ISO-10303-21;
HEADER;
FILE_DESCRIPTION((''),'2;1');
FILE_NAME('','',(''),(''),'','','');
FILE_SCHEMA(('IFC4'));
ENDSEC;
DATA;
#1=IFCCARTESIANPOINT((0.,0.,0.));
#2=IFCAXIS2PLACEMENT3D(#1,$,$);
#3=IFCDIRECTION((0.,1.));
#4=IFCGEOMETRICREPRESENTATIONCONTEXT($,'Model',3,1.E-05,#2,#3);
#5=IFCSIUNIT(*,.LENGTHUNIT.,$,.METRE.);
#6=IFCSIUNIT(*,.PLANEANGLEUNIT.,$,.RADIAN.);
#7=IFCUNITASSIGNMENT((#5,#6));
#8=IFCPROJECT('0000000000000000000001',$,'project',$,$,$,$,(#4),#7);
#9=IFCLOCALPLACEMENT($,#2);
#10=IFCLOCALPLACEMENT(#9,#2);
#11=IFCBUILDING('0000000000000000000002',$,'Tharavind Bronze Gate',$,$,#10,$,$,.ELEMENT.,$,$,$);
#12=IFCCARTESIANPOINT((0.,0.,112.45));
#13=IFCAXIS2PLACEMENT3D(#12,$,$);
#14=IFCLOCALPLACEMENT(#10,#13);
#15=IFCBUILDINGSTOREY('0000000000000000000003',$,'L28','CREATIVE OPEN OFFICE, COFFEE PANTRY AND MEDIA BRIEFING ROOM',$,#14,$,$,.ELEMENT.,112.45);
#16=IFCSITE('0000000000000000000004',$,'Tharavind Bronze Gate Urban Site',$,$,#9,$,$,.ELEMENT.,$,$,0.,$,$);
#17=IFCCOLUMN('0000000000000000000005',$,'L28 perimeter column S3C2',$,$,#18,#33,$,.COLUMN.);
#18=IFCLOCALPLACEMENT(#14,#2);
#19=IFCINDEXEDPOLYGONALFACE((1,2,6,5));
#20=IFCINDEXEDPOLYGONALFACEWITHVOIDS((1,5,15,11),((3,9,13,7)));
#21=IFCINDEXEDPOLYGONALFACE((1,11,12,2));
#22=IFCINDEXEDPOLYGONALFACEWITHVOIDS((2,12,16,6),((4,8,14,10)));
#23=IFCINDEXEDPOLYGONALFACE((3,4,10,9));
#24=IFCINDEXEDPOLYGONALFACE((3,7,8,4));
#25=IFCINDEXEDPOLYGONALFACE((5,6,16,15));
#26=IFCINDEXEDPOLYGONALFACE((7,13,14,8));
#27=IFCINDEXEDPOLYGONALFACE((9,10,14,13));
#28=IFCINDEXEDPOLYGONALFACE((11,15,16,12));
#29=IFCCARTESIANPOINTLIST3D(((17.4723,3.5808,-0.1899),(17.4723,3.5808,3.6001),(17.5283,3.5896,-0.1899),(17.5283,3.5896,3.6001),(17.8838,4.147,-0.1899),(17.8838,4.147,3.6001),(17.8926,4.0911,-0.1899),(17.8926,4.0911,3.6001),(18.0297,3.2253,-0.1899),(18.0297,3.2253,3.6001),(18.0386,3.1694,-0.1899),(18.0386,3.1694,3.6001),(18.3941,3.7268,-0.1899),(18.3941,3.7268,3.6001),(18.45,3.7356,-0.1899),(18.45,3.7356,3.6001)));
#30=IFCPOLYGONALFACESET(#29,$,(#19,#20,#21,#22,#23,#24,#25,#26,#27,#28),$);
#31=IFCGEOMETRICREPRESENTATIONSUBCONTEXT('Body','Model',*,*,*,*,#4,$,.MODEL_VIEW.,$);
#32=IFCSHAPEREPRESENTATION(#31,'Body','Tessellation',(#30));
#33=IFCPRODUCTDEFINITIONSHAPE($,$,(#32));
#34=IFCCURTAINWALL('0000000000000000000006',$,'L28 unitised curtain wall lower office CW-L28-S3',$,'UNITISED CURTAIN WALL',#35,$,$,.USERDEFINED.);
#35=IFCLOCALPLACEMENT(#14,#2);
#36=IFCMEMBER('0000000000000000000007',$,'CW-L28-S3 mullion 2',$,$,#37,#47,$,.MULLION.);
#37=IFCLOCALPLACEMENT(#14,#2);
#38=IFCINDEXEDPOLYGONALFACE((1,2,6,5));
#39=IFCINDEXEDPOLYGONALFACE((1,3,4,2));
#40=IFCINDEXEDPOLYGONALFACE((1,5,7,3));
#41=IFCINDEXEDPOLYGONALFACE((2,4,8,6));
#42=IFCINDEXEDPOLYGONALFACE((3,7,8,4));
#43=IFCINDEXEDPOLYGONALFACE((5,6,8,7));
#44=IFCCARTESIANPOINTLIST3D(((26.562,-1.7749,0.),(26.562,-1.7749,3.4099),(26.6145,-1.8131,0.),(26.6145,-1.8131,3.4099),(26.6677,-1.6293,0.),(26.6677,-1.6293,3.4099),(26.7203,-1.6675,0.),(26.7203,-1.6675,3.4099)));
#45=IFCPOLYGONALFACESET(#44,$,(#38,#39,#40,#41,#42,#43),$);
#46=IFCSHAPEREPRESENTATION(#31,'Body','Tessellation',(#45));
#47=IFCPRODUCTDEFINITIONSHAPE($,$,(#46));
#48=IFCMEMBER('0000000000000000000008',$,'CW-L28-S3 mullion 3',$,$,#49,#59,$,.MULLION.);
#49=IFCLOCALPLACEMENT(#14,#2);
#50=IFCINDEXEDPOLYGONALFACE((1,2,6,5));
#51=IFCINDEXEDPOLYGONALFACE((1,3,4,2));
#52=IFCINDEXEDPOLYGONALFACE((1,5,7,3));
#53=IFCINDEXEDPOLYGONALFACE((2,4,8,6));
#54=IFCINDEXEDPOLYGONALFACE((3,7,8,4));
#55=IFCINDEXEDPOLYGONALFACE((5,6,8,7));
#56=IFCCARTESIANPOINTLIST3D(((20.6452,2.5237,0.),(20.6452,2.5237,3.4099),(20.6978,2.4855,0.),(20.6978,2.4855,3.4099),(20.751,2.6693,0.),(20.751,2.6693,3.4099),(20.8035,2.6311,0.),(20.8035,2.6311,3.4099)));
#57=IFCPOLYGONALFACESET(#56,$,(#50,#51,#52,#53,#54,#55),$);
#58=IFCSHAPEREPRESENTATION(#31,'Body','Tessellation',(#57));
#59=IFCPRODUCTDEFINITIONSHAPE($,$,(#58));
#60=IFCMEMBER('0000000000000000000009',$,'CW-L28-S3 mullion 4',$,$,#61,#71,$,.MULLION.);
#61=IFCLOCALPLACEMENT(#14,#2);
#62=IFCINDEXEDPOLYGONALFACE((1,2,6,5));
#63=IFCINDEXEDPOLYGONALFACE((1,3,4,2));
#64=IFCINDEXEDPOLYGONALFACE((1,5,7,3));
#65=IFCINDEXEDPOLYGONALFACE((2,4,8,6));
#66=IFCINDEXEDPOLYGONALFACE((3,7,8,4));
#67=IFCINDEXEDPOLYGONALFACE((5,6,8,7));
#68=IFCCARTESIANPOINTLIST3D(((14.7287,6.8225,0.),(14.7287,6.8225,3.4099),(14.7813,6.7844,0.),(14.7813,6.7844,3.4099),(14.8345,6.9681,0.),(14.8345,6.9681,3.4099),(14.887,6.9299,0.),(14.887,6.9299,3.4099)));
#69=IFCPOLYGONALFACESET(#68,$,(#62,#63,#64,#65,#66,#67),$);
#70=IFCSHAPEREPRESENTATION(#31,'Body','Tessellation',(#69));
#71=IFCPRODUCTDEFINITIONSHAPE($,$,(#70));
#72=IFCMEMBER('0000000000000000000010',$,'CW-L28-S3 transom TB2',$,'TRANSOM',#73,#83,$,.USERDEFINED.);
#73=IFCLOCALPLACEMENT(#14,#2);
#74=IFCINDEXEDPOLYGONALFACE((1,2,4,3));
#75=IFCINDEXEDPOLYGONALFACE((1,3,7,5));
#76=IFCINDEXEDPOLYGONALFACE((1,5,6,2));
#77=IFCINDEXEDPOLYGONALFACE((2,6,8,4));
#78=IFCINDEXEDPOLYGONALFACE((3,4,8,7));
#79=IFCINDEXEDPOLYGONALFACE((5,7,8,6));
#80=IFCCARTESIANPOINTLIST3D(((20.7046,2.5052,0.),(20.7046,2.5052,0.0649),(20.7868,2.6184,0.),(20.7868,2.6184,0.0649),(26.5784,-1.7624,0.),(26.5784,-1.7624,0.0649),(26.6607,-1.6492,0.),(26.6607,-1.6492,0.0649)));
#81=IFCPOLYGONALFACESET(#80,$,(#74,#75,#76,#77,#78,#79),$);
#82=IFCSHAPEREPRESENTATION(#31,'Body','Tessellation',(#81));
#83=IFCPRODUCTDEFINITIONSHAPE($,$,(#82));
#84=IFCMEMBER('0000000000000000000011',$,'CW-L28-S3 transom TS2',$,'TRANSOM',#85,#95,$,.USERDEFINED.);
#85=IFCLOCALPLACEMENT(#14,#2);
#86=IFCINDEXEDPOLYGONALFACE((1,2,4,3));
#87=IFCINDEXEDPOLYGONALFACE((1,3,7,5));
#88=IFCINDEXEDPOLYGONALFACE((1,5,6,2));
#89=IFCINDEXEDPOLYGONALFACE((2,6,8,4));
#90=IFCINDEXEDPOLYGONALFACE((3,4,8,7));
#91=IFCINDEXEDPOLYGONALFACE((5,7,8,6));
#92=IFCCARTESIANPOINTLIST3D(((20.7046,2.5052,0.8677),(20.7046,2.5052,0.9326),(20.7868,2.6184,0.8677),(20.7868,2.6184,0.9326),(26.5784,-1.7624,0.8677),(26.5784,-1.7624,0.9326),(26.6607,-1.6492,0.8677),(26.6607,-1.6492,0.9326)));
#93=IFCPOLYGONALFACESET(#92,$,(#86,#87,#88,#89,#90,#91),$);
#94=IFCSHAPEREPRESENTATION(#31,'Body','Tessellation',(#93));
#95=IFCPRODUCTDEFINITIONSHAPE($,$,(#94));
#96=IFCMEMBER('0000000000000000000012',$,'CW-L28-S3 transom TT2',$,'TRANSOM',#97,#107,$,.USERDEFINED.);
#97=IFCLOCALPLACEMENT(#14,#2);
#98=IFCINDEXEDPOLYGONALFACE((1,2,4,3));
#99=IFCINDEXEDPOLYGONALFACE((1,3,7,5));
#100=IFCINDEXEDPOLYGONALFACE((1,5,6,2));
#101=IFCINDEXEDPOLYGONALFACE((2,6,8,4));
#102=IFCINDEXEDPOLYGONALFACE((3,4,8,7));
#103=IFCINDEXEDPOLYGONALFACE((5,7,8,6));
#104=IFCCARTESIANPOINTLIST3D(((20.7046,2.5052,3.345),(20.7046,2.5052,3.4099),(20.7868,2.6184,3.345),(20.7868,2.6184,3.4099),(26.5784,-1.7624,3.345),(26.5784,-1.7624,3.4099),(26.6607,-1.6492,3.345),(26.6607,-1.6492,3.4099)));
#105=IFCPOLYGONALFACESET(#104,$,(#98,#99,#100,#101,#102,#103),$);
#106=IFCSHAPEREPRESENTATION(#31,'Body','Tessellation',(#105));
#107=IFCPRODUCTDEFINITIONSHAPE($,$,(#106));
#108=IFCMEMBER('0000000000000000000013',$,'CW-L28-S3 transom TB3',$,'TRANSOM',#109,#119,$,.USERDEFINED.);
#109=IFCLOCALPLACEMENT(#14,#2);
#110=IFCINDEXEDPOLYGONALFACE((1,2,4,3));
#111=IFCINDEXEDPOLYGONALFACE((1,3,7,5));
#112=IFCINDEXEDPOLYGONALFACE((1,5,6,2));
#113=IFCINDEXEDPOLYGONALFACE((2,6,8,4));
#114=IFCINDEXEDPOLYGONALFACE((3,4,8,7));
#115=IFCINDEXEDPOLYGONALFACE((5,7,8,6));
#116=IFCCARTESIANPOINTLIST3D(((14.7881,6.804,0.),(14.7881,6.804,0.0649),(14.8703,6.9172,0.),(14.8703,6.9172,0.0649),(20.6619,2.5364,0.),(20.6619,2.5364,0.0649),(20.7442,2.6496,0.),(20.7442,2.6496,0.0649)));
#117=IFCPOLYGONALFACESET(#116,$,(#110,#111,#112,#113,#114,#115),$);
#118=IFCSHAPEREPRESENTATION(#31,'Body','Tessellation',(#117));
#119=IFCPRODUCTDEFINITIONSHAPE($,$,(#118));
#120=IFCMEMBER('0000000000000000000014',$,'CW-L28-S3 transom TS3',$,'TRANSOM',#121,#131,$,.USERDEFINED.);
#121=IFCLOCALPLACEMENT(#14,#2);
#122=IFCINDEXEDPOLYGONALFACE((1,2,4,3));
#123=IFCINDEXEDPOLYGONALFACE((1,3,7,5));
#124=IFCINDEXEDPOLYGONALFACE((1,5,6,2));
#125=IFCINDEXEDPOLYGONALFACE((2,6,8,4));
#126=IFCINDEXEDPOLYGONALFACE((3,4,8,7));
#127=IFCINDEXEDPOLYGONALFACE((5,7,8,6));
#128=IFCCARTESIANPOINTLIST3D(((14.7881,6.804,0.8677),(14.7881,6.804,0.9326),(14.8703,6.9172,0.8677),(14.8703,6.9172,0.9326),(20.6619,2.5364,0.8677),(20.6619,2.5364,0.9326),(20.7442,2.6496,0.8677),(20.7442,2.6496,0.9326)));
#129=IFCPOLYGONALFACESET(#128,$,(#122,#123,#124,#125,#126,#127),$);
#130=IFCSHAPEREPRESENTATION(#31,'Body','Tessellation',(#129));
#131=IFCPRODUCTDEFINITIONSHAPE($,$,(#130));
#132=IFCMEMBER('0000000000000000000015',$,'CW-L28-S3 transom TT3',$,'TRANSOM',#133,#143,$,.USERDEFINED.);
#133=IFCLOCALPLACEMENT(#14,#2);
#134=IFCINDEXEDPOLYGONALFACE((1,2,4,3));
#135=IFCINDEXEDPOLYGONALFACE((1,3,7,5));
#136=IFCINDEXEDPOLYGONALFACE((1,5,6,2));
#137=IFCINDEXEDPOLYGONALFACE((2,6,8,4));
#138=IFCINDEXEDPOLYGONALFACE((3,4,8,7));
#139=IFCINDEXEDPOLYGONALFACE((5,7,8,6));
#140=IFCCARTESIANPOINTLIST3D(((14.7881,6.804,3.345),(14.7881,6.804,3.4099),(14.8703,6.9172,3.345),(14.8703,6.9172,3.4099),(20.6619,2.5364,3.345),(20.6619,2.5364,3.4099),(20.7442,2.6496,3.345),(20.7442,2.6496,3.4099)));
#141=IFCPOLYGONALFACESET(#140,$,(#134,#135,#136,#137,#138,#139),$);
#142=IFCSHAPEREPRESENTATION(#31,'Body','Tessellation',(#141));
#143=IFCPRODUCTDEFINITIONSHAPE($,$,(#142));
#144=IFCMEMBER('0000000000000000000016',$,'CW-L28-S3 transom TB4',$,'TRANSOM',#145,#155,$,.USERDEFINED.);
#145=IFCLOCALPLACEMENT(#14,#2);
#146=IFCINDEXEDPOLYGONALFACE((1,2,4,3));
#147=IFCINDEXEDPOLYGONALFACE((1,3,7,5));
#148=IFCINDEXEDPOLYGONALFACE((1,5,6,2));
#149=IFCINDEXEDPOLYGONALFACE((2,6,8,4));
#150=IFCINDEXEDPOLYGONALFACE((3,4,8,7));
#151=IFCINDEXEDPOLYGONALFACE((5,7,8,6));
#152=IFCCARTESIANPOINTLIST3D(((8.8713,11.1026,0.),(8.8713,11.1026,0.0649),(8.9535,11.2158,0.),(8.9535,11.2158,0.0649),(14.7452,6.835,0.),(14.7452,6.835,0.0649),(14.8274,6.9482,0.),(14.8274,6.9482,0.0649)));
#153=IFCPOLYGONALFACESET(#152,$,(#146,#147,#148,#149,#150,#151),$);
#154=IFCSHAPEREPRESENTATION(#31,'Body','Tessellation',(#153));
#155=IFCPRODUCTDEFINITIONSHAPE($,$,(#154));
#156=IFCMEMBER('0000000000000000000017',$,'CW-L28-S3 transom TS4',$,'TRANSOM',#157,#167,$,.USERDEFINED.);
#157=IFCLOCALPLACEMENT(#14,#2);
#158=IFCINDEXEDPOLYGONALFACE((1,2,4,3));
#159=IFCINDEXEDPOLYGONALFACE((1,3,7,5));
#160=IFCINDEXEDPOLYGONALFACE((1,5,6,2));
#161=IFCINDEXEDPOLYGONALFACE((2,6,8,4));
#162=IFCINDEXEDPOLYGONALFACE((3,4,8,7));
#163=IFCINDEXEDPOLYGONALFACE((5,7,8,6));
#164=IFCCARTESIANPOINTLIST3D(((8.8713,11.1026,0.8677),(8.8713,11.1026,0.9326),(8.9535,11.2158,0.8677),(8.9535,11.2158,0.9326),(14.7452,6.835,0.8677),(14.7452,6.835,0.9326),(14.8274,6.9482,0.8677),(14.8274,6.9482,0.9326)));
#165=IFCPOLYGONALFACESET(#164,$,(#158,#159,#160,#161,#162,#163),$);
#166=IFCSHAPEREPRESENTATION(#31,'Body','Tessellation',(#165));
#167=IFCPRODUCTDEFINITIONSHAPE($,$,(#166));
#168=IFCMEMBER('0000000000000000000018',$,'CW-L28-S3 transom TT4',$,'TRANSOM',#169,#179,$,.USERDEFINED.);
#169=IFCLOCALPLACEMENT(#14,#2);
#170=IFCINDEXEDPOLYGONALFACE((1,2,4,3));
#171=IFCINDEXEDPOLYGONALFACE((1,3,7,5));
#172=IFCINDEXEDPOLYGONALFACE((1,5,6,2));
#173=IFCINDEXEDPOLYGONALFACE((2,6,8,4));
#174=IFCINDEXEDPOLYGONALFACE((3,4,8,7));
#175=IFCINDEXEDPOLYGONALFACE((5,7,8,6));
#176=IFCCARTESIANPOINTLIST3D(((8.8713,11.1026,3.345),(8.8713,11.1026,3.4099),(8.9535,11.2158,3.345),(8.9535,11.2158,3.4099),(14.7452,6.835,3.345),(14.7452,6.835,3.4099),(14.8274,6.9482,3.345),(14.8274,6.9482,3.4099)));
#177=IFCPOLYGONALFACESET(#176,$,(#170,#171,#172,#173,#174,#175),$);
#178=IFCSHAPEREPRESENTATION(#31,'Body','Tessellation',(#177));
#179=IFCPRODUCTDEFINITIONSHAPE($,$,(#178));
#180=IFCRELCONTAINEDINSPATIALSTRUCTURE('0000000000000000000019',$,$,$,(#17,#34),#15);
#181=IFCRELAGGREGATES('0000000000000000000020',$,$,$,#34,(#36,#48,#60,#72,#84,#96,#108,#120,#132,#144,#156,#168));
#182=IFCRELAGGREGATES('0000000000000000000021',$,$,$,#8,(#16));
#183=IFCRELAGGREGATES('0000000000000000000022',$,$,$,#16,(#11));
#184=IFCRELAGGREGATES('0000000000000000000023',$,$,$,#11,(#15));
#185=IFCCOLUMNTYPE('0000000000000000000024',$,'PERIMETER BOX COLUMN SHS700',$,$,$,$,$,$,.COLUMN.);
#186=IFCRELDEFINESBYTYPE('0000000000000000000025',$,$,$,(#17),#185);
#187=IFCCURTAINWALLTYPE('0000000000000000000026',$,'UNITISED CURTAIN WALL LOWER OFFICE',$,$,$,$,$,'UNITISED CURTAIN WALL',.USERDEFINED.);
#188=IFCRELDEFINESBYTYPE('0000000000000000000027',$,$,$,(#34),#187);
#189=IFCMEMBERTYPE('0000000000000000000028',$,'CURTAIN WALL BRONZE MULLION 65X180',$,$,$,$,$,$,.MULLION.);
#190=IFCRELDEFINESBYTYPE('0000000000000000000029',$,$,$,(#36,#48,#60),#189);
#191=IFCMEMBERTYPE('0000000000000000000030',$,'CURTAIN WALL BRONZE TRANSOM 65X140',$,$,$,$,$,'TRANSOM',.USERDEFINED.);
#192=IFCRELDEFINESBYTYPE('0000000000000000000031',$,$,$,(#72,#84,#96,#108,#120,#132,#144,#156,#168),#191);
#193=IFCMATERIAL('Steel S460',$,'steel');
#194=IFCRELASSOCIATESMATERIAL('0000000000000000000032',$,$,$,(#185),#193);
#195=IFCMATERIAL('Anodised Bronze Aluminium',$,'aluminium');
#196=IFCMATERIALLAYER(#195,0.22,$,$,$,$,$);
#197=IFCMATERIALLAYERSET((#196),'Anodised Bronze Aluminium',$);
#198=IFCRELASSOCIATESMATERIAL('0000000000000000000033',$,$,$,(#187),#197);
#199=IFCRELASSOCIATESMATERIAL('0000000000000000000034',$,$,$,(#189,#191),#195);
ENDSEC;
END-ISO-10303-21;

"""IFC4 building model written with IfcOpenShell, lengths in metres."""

from ifc_helpers import new_model, si_unit, direction, frame, origin, origin_2d, place, context, subcontext, project, spatial, rectangle, hollow_rectangle, extrude, material, layer, layer_set, material_profile, profile_set, type_object, element, aggregate, save


model = new_model("IFC4")

# Units and contexts
model_context = context("Model", 3, precision=1e-05, world=origin(), true_north=direction((0.0, 1.0)))
body_context = subcontext(model_context, "Body", "Model", "MODEL_VIEW")
ifc_project = project(units=[si_unit("LENGTHUNIT", "METRE"), si_unit("PLANEANGLEUNIT", "RADIAN")], contexts=[model_context])

# Site, building, storey
site_placement = place(None, origin())
site = spatial("IfcSite", under=ifc_project, at=site_placement, Name="Tharavind Bronze Gate Urban Site", CompositionType="ELEMENT", RefElevation=0.0)
building_placement = place(site_placement, origin())
building = spatial("IfcBuilding", under=site, at=building_placement, Name="Tharavind Bronze Gate", CompositionType="ELEMENT")
storey_placement = place(building_placement, frame((0.0, 0.0, 112.45)))
storey = spatial("IfcBuildingStorey", under=building, at=storey_placement, Name="L28", Description="CREATIVE OPEN OFFICE, COFFEE PANTRY AND MEDIA BRIEFING ROOM", CompositionType="ELEMENT", Elevation=112.45)

# Column
ifc_material_1 = material(Name="Steel S460", Category="steel")
ifc_material_profile_1 = material_profile(ifc_material_1, hollow_rectangle(XDim=0.7, YDim=0.7, WallThickness=0.04, at=origin_2d()), Name="SHS700X40")
ifc_profile_set_1 = profile_set([ifc_material_profile_1], Name="Steel S460")
column_type = type_object("IfcColumnType", Name="PERIMETER BOX COLUMN SHS700", PredefinedType="COLUMN", material=ifc_profile_set_1)
column_placement = place(storey_placement, frame((17.9612, 3.6582, -0.1899), z_axis=(0.0, 0.0, 1.0), x_axis=(-0.809017, 0.587785, 0.0)))
element("IfcColumn", 1, at=column_placement, inside=storey, type_object=column_type, Name="L28 perimeter column S3C2", PredefinedType="COLUMN", context=body_context, shape_type="SweptSolid", body=[
    extrude(hollow_rectangle(XDim=0.7, YDim=0.7, WallThickness=0.04, at=origin_2d()), origin(), (0.0, 0.0, 1.0), 3.79),
])

# Curtain wall, members
ifc_material_2 = material(Name="Anodised Bronze Aluminium", Category="aluminium")
ifc_layer_1 = layer(ifc_material_2, 0.22)
ifc_layer_set_1 = layer_set([ifc_layer_1], Name="Anodised Bronze Aluminium")
curtain_wall_type = type_object("IfcCurtainWallType", Name="UNITISED CURTAIN WALL LOWER OFFICE", ElementType="UNITISED CURTAIN WALL", PredefinedType="USERDEFINED", material=ifc_layer_set_1)
curtain_wall_placement = place(storey_placement, origin())
curtain_wall = element("IfcCurtainWall", 2, at=curtain_wall_placement, inside=storey, type_object=curtain_wall_type, Name="L28 unitised curtain wall lower office CW-L28-S3", ObjectType="UNITISED CURTAIN WALL", PredefinedType="USERDEFINED")
member_type_1 = type_object("IfcMemberType", Name="CURTAIN WALL BRONZE MULLION 65X180", PredefinedType="MULLION", material=ifc_material_2)
member_1_placement = place(storey_placement, frame((26.6411, -1.7212, 0.0), z_axis=(0.0, 0.0, 1.0), x_axis=(-0.809017, 0.587785, 0.0)))
member_1 = element("IfcMember", 3, at=member_1_placement, type_object=member_type_1, Name="CW-L28-S3 mullion 2", PredefinedType="MULLION", context=body_context, shape_type="SweptSolid", body=[
    extrude(rectangle(XDim=0.0649, YDim=0.1799, at=origin_2d()), origin(), (0.0, 0.0, 1.0), 3.4099),
])
member_2_placement = place(storey_placement, frame((20.7244, 2.5774, 0.0), z_axis=(0.0, 0.0, 1.0), x_axis=(-0.809017, 0.587785, 0.0)))
member_2 = element("IfcMember", 4, at=member_2_placement, type_object=member_type_1, Name="CW-L28-S3 mullion 3", PredefinedType="MULLION", context=body_context, shape_type="SweptSolid", body=[
    extrude(rectangle(XDim=0.0649, YDim=0.1799, at=origin_2d()), origin(), (0.0, 0.0, 1.0), 3.4099),
])
member_3_placement = place(storey_placement, frame((14.8079, 6.8762, 0.0), z_axis=(0.0, 0.0, 1.0), x_axis=(-0.809017, 0.587785, 0.0)))
member_3 = element("IfcMember", 5, at=member_3_placement, type_object=member_type_1, Name="CW-L28-S3 mullion 4", PredefinedType="MULLION", context=body_context, shape_type="SweptSolid", body=[
    extrude(rectangle(XDim=0.0649, YDim=0.1799, at=origin_2d()), origin(), (0.0, 0.0, 1.0), 3.4099),
])
member_type_2 = type_object("IfcMemberType", Name="CURTAIN WALL BRONZE TRANSOM 65X140", ElementType="TRANSOM", PredefinedType="USERDEFINED", material=ifc_material_2)
member_4_placement = place(storey_placement, frame((23.6826, 0.428, 0.0), z_axis=(0.0, 0.0, 1.0), x_axis=(-0.809017, 0.587785, 0.0)))
member_4 = element("IfcMember", 6, at=member_4_placement, type_object=member_type_2, Name="CW-L28-S3 transom TB2", ObjectType="TRANSOM", PredefinedType="USERDEFINED", context=body_context, shape_type="SweptSolid", body=[
    extrude(rectangle(XDim=7.2605, YDim=0.1399, at=origin_2d()), origin(), (0.0, 0.0, 1.0), 0.0649),
])
member_5_placement = place(storey_placement, frame((23.6826, 0.428, 0.8677), z_axis=(0.0, 0.0, 1.0), x_axis=(-0.809017, 0.587785, 0.0)))
member_5 = element("IfcMember", 7, at=member_5_placement, type_object=member_type_2, Name="CW-L28-S3 transom TS2", ObjectType="TRANSOM", PredefinedType="USERDEFINED", context=body_context, shape_type="SweptSolid", body=[
    extrude(rectangle(XDim=7.2605, YDim=0.1399, at=origin_2d()), origin(), (0.0, 0.0, 1.0), 0.0649),
])
member_6_placement = place(storey_placement, frame((23.6826, 0.428, 3.345), z_axis=(0.0, 0.0, 1.0), x_axis=(-0.809017, 0.587785, 0.0)))
member_6 = element("IfcMember", 8, at=member_6_placement, type_object=member_type_2, Name="CW-L28-S3 transom TT2", ObjectType="TRANSOM", PredefinedType="USERDEFINED", context=body_context, shape_type="SweptSolid", body=[
    extrude(rectangle(XDim=7.2605, YDim=0.1399, at=origin_2d()), origin(), (0.0, 0.0, 1.0), 0.0649),
])
member_7_placement = place(storey_placement, frame((17.7661, 4.7268, 0.0), z_axis=(0.0, 0.0, 1.0), x_axis=(-0.809017, 0.587785, 0.0)))
member_7 = element("IfcMember", 9, at=member_7_placement, type_object=member_type_2, Name="CW-L28-S3 transom TB3", ObjectType="TRANSOM", PredefinedType="USERDEFINED", context=body_context, shape_type="SweptSolid", body=[
    extrude(rectangle(XDim=7.2605, YDim=0.1399, at=origin_2d()), origin(), (0.0, 0.0, 1.0), 0.0649),
])
member_8_placement = place(storey_placement, frame((17.7661, 4.7268, 0.8677), z_axis=(0.0, 0.0, 1.0), x_axis=(-0.809017, 0.587785, 0.0)))
member_8 = element("IfcMember", 10, at=member_8_placement, type_object=member_type_2, Name="CW-L28-S3 transom TS3", ObjectType="TRANSOM", PredefinedType="USERDEFINED", context=body_context, shape_type="SweptSolid", body=[
    extrude(rectangle(XDim=7.2605, YDim=0.1399, at=origin_2d()), origin(), (0.0, 0.0, 1.0), 0.0649),
])
member_9_placement = place(storey_placement, frame((17.7661, 4.7268, 3.345), z_axis=(0.0, 0.0, 1.0), x_axis=(-0.809017, 0.587785, 0.0)))
member_9 = element("IfcMember", 11, at=member_9_placement, type_object=member_type_2, Name="CW-L28-S3 transom TT3", ObjectType="TRANSOM", PredefinedType="USERDEFINED", context=body_context, shape_type="SweptSolid", body=[
    extrude(rectangle(XDim=7.2605, YDim=0.1399, at=origin_2d()), origin(), (0.0, 0.0, 1.0), 0.0649),
])
member_10_placement = place(storey_placement, frame((11.8494, 9.0254, 0.0), z_axis=(0.0, 0.0, 1.0), x_axis=(-0.809017, 0.587785, 0.0)))
member_10 = element("IfcMember", 12, at=member_10_placement, type_object=member_type_2, Name="CW-L28-S3 transom TB4", ObjectType="TRANSOM", PredefinedType="USERDEFINED", context=body_context, shape_type="SweptSolid", body=[
    extrude(rectangle(XDim=7.2605, YDim=0.1399, at=origin_2d()), origin(), (0.0, 0.0, 1.0), 0.0649),
])
member_11_placement = place(storey_placement, frame((11.8494, 9.0254, 0.8677), z_axis=(0.0, 0.0, 1.0), x_axis=(-0.809017, 0.587785, 0.0)))
member_11 = element("IfcMember", 13, at=member_11_placement, type_object=member_type_2, Name="CW-L28-S3 transom TS4", ObjectType="TRANSOM", PredefinedType="USERDEFINED", context=body_context, shape_type="SweptSolid", body=[
    extrude(rectangle(XDim=7.2605, YDim=0.1399, at=origin_2d()), origin(), (0.0, 0.0, 1.0), 0.0649),
])
member_12_placement = place(storey_placement, frame((11.8494, 9.0254, 3.345), z_axis=(0.0, 0.0, 1.0), x_axis=(-0.809017, 0.587785, 0.0)))
member_12 = element("IfcMember", 14, at=member_12_placement, type_object=member_type_2, Name="CW-L28-S3 transom TT4", ObjectType="TRANSOM", PredefinedType="USERDEFINED", context=body_context, shape_type="SweptSolid", body=[
    extrude(rectangle(XDim=7.2605, YDim=0.1399, at=origin_2d()), origin(), (0.0, 0.0, 1.0), 0.0649),
])

aggregate(curtain_wall, [member_1, member_2, member_3, member_4, member_5, member_6, member_7, member_8, member_9, member_10, member_11, member_12])

save(model, "model.ifc")
